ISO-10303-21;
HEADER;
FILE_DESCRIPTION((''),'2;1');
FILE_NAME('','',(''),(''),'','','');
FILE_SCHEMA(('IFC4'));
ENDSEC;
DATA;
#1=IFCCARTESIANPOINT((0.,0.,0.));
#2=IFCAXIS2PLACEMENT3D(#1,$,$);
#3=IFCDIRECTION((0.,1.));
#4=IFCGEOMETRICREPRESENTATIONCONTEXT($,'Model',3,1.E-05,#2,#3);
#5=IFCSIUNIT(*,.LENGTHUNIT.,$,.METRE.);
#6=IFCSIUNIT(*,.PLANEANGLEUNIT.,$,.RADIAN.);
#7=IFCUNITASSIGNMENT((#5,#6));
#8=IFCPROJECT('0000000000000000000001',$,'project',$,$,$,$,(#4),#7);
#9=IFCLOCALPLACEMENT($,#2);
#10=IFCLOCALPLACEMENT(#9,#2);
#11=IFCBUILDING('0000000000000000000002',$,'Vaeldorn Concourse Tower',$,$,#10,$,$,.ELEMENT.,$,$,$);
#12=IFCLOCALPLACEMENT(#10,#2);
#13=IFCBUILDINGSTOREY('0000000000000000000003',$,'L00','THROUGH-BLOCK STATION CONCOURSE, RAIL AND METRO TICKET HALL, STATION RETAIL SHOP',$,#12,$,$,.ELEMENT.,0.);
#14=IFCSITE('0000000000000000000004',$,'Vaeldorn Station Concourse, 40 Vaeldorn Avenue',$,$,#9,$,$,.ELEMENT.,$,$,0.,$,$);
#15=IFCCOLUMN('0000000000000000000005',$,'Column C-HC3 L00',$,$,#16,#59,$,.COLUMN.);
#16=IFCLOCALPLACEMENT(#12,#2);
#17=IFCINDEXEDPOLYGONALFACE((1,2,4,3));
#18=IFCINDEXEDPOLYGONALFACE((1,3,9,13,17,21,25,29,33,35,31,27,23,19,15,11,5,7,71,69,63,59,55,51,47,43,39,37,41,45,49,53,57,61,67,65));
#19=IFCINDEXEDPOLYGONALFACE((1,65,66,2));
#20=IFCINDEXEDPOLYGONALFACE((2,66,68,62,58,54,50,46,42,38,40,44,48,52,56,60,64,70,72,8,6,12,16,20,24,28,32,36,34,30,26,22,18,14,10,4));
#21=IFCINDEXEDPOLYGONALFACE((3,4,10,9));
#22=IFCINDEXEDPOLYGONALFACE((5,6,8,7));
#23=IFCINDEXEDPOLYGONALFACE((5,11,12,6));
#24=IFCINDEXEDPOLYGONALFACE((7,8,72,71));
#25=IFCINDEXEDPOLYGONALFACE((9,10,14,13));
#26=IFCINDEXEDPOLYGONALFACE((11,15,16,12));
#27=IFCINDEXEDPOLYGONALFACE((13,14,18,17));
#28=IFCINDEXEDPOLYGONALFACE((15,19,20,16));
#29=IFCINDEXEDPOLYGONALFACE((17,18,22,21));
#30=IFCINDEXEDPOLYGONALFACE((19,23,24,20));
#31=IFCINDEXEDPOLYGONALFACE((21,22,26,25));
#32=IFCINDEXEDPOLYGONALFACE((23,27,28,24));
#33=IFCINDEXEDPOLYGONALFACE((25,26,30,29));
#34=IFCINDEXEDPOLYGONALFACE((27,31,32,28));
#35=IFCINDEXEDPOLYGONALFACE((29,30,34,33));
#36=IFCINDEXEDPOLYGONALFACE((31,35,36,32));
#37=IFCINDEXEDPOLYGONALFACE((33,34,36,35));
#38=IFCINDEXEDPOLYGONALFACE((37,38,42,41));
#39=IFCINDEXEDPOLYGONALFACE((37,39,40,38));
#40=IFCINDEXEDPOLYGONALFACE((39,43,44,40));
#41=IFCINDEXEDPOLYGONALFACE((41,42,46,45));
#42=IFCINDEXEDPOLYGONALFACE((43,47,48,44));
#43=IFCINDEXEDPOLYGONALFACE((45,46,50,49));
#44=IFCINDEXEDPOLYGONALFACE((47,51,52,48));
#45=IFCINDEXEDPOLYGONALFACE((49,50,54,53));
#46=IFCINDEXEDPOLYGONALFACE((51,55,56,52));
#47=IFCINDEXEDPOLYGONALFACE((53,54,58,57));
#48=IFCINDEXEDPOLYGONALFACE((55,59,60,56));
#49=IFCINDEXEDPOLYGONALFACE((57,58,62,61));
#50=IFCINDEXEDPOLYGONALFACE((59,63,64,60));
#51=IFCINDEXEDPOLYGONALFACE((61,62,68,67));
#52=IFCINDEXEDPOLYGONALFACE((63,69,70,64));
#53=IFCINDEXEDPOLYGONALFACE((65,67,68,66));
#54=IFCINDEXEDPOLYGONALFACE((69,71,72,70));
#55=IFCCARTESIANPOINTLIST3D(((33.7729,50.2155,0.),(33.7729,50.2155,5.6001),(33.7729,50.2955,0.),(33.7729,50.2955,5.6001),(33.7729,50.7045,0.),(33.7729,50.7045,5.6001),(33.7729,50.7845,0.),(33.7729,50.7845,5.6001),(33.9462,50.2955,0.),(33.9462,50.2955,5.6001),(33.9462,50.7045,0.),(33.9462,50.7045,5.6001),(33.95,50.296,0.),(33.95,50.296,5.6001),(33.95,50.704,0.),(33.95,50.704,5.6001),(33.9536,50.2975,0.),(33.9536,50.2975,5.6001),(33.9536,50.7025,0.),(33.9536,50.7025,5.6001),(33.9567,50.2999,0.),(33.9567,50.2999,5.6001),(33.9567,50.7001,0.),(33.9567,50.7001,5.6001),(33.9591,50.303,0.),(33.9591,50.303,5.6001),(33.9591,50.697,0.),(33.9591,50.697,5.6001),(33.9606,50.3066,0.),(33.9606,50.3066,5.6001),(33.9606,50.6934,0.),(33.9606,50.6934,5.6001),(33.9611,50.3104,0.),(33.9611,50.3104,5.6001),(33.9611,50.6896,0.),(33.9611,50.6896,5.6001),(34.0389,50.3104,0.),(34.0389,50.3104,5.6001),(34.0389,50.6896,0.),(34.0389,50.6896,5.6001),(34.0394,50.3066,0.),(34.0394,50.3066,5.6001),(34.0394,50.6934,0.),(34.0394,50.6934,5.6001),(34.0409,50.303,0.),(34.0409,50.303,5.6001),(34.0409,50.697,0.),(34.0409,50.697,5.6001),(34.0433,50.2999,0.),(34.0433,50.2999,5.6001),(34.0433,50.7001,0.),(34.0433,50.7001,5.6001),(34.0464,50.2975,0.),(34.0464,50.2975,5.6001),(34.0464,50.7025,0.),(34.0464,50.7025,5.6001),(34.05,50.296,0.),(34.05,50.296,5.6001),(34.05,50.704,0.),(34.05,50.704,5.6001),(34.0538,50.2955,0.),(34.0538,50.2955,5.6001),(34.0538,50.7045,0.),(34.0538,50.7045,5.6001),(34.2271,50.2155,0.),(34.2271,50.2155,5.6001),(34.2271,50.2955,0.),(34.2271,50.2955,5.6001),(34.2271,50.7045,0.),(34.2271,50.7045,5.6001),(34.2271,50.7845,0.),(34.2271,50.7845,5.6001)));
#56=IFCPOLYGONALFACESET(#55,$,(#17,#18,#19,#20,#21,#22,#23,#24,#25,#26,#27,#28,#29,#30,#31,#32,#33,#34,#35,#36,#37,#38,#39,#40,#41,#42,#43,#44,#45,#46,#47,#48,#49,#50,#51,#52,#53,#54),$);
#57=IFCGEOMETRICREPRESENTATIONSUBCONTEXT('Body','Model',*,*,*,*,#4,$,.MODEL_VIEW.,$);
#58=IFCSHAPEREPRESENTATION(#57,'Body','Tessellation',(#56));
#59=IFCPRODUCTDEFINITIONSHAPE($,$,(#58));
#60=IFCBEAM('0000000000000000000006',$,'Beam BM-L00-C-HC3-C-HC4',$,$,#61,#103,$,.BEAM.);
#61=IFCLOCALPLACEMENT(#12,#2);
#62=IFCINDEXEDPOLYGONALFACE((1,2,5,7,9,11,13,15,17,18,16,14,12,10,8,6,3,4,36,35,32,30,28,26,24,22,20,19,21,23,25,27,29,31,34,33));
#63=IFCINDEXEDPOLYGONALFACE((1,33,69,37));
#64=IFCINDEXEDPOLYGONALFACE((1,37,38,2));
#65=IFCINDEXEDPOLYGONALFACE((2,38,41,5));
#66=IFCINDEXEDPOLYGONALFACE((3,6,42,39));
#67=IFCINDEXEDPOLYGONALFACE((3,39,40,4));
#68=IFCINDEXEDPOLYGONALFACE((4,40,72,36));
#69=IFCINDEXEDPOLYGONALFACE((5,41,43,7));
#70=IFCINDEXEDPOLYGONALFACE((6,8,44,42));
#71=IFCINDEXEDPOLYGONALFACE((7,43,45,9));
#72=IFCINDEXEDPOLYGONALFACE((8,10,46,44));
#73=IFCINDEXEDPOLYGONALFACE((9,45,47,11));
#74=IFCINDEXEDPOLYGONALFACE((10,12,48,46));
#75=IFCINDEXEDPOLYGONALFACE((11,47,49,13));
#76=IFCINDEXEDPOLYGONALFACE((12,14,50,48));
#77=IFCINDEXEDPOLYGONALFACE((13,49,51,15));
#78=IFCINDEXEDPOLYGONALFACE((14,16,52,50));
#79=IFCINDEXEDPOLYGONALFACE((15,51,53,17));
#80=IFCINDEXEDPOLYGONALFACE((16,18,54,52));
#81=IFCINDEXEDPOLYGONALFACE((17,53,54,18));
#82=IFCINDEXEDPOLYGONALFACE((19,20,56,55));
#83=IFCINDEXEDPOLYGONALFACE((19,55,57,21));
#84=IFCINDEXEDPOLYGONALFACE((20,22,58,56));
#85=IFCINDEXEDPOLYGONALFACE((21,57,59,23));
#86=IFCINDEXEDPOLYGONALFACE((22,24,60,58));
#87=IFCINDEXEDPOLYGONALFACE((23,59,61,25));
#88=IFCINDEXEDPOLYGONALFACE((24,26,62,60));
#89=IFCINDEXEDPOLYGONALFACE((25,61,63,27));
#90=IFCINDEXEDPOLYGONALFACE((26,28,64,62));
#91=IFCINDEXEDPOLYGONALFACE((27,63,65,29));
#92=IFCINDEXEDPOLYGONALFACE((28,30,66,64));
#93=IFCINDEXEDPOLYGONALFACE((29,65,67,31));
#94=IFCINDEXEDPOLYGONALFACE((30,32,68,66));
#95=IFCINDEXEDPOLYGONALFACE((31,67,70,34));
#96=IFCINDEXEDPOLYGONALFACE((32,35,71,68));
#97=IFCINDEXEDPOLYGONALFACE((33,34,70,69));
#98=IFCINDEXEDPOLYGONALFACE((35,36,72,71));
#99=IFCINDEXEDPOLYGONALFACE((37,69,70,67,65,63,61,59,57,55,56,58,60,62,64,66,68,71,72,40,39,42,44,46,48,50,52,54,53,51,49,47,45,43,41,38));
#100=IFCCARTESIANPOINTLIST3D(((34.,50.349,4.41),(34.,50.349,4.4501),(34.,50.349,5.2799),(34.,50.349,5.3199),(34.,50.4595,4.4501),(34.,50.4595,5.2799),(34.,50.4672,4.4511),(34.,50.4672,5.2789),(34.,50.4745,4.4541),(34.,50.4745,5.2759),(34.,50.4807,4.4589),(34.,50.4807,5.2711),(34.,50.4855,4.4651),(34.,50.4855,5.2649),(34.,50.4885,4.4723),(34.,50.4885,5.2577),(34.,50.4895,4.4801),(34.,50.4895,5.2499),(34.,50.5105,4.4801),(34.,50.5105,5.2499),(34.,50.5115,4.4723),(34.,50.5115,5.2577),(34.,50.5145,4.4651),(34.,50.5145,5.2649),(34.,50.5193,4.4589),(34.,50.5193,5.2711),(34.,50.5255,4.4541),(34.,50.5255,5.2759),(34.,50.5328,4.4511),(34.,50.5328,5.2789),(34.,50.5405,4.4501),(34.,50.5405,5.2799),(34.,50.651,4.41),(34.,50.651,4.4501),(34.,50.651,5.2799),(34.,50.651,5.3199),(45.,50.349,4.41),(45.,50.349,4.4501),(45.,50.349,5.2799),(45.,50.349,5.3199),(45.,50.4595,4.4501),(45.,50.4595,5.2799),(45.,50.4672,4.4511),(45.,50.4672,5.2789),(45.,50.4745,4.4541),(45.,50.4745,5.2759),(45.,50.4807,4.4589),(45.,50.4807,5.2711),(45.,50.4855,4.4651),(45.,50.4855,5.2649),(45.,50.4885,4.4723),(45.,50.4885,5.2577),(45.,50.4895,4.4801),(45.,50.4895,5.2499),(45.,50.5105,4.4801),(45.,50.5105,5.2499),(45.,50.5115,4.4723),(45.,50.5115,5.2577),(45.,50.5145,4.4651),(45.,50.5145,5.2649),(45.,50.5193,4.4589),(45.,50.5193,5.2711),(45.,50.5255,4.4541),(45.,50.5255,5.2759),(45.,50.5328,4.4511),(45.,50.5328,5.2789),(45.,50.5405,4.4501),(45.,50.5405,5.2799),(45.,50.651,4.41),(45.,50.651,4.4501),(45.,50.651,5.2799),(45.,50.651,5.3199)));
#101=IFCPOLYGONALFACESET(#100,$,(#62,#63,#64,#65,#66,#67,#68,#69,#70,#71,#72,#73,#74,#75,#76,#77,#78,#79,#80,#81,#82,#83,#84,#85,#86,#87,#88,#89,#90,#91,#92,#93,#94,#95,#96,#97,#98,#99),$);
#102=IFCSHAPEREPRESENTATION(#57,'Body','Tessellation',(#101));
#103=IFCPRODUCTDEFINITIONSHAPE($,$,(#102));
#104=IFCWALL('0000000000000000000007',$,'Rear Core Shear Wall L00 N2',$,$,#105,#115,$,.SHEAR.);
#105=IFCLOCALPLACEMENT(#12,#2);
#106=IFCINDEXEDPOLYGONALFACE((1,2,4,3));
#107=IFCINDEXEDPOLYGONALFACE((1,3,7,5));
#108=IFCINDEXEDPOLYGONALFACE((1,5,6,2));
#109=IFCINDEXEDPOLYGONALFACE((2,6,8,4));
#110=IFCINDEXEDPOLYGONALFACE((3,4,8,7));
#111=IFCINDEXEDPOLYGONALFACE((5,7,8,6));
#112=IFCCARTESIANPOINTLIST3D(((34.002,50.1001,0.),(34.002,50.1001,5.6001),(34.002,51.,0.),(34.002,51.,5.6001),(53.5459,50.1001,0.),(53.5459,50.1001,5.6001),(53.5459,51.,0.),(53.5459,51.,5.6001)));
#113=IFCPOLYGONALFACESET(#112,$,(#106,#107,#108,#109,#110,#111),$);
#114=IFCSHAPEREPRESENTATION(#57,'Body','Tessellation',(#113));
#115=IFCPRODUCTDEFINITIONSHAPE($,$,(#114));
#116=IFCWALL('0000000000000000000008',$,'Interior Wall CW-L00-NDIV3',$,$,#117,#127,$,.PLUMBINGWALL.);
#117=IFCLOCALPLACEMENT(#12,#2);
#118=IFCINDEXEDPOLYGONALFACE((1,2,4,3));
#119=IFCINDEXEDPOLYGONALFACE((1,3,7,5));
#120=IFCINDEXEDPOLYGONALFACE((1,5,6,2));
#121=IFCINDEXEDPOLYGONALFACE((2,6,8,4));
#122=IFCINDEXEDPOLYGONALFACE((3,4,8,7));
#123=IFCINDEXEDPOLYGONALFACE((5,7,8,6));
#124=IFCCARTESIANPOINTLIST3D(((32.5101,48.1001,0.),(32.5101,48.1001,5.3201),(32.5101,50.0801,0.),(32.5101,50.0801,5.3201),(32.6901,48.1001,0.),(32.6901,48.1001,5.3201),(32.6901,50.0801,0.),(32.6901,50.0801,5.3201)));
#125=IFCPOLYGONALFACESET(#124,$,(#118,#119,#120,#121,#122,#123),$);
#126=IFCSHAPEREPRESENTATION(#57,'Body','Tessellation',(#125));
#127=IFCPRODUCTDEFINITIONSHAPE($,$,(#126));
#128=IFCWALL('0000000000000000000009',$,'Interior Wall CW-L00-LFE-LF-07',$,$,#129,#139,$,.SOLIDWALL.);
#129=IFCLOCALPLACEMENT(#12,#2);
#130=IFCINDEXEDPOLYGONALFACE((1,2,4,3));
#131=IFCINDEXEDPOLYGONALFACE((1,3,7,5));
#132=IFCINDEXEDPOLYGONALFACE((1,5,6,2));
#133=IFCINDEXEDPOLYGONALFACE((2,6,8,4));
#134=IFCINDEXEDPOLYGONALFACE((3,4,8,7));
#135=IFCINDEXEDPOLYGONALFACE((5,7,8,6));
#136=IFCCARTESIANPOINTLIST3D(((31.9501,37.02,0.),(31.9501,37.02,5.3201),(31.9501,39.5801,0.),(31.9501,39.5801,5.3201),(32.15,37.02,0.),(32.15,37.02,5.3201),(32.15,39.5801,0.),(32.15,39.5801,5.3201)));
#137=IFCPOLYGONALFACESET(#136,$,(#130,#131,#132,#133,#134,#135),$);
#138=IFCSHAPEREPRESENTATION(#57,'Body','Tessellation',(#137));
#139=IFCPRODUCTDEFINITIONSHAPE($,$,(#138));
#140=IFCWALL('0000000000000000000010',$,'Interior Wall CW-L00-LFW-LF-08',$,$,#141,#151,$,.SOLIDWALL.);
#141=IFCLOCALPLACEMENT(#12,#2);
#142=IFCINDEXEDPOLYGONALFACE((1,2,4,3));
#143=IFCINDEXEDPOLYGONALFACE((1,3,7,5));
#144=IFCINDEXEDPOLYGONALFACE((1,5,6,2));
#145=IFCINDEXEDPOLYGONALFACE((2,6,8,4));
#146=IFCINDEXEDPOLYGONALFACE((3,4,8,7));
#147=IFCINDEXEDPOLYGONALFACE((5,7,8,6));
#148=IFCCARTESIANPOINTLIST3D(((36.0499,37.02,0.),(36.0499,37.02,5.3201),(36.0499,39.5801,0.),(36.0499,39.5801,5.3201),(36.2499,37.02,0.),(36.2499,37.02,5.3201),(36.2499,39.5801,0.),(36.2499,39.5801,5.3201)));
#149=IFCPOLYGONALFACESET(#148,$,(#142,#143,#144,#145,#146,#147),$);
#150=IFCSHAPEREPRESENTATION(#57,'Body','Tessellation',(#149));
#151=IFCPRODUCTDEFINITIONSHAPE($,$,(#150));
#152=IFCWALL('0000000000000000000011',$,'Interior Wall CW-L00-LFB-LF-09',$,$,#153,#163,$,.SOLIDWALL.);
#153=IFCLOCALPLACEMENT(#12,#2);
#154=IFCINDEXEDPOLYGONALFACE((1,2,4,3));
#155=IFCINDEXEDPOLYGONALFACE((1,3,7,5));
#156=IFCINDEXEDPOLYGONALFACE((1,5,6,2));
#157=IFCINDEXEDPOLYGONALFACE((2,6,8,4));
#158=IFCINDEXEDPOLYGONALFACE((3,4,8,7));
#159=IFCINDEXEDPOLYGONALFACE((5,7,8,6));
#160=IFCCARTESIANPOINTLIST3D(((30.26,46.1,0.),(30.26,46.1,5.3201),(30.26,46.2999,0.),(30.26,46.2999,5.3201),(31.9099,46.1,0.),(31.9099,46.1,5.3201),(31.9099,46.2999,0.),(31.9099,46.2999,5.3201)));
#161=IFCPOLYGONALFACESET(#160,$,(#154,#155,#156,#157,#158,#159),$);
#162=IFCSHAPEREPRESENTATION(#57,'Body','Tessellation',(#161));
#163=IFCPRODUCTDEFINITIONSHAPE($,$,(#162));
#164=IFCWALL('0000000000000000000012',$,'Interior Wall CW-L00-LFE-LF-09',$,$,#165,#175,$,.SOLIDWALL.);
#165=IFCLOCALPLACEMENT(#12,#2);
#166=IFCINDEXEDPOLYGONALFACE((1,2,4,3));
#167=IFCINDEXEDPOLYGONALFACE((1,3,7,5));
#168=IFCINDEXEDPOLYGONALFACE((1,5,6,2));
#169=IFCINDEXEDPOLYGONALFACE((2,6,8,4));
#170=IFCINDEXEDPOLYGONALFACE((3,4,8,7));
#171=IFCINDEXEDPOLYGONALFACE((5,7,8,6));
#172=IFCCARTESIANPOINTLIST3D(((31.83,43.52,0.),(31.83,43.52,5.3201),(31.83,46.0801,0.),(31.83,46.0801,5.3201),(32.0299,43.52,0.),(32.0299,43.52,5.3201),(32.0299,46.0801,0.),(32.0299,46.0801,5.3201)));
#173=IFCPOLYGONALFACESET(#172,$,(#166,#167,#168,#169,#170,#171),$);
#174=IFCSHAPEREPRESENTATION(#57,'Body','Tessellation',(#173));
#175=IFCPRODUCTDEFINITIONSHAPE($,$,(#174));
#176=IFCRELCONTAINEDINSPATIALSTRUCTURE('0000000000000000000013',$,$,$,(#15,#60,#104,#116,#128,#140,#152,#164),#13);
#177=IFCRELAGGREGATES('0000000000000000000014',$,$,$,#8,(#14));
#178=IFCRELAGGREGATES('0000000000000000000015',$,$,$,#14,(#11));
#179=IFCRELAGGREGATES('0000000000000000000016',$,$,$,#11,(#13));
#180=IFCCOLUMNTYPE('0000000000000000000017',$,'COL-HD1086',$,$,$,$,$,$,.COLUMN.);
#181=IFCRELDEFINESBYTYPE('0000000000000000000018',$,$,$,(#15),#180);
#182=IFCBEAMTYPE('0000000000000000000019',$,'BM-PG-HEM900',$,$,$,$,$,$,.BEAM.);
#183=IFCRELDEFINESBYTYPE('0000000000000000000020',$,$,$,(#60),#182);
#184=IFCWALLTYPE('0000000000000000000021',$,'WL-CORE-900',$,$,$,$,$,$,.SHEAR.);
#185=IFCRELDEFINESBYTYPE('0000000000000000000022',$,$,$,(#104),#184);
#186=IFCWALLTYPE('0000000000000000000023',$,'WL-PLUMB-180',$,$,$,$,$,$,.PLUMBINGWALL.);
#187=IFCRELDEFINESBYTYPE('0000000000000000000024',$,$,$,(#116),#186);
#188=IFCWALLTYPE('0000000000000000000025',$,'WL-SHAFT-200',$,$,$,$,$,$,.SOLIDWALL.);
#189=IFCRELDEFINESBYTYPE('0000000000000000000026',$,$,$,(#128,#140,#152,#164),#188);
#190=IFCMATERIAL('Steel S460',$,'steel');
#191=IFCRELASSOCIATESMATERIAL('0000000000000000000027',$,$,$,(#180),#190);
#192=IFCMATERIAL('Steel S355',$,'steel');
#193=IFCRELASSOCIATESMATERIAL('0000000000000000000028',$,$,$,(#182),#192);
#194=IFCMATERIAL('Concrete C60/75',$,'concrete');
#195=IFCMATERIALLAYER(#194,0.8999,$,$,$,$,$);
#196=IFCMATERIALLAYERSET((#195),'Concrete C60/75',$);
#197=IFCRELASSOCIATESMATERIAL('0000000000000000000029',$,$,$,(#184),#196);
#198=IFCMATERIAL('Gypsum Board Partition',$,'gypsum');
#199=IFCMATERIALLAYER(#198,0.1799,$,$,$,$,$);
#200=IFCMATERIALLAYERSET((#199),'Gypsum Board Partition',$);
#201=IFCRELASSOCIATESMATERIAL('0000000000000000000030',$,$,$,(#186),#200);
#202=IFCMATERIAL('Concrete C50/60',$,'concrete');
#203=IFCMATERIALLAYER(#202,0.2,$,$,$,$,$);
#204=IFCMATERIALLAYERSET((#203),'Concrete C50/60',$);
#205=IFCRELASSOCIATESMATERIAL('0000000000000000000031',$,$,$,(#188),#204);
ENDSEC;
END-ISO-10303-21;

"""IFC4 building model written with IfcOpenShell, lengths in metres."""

from ifc_helpers import new_model, si_unit, direction, frame, frame_2d, origin, origin_2d, place, context, subcontext, project, spatial, rectangle, i_section, extrude, source, transform, mapped, material, layer, layer_set, material_profile, profile_set, type_object, element, save


model = new_model("IFC4")

# Units and contexts
model_context = context("Model", 3, precision=1e-05, world=origin(), true_north=direction((0.0, 1.0)))
body_context = subcontext(model_context, "Body", "Model", "MODEL_VIEW")
ifc_project = project(units=[si_unit("LENGTHUNIT", "METRE"), si_unit("PLANEANGLEUNIT", "RADIAN")], contexts=[model_context])

# Site, building, storey
site_placement = place(None, origin())
site = spatial("IfcSite", under=ifc_project, at=site_placement, Name="Vaeldorn Station Concourse, 40 Vaeldorn Avenue", CompositionType="ELEMENT", RefElevation=0.0)
building_placement = place(site_placement, origin())
building = spatial("IfcBuilding", under=site, at=building_placement, Name="Vaeldorn Concourse Tower", CompositionType="ELEMENT")
storey_placement = place(building_placement, origin())
storey = spatial("IfcBuildingStorey", under=building, at=storey_placement, Name="L00", Description="THROUGH-BLOCK STATION CONCOURSE, RAIL AND METRO TICKET HALL, STATION RETAIL SHOP", CompositionType="ELEMENT", Elevation=0.0)

# Column
ifc_material_1 = material(Name="Steel S460", Category="steel")
ifc_material_profile_1 = material_profile(ifc_material_1, i_section(OverallWidth=0.4541, OverallDepth=0.5691, WebThickness=0.0779, FlangeThickness=0.0801, FilletRadius=0.0149, at=origin_2d()), Name="HD 400x1086")
ifc_profile_set_1 = profile_set([ifc_material_profile_1], Name="Steel S460")
column_type = type_object("IfcColumnType", Name="COL-HD1086", PredefinedType="COLUMN", material=ifc_profile_set_1)
shared_shape_1 = source(origin(), body_context, "Body", "SweptSolid", [
    extrude(i_section(OverallWidth=0.4541, OverallDepth=0.5691, WebThickness=0.0779, FlangeThickness=0.0801, FilletRadius=0.0149, at=origin_2d()), origin(), (0.0, 0.0, 1.0), 5.6001),
])
column_placement = place(storey_placement, frame((34.0, 50.5, 0.0), z_axis=(0.0, 0.0, 1.0), x_axis=(1.0, 0.0, 0.0)))
element("IfcColumn", 1, at=column_placement, inside=storey, type_object=column_type, Name="Column C-HC3 L00", PredefinedType="COLUMN", context=body_context, shape_type="MappedRepresentation", body=[
    mapped(shared_shape_1, transform((0.0, 0.0, 0.0), scale=1.0)),
])

# Beam
ifc_material_2 = material(Name="Steel S355", Category="steel")
ifc_material_profile_2 = material_profile(ifc_material_2, i_section(OverallWidth=0.302, OverallDepth=0.9099, WebThickness=0.021, FlangeThickness=0.04, FilletRadius=0.03, at=origin_2d()), Name="HEM 900")
ifc_profile_set_2 = profile_set([ifc_material_profile_2], Name="Steel S355")
beam_type = type_object("IfcBeamType", Name="BM-PG-HEM900", PredefinedType="BEAM", material=ifc_profile_set_2)
shared_shape_2 = source(origin(), body_context, "Body", "SweptSolid", [
    extrude(i_section(OverallWidth=0.302, OverallDepth=0.9099, WebThickness=0.021, FlangeThickness=0.04, FilletRadius=0.03, at=origin_2d()), origin(), (0.0, 0.0, 1.0), 11.0),
])
beam_placement = place(storey_placement, frame((34.0, 50.5, 4.865), z_axis=(1.0, 0.0, 0.0), x_axis=(0.0, 1.0, 0.0)))
element("IfcBeam", 2, at=beam_placement, inside=storey, type_object=beam_type, Name="Beam BM-L00-C-HC3-C-HC4", PredefinedType="BEAM", context=body_context, shape_type="MappedRepresentation", body=[
    mapped(shared_shape_2, transform((0.0, 0.0, 0.0), scale=1.0)),
])

# Walls
ifc_material_3 = material(Name="Concrete C60/75", Category="concrete")
ifc_layer_1 = layer(ifc_material_3, 0.8999)
ifc_layer_set_1 = layer_set([ifc_layer_1], Name="Concrete C60/75")
wall_type_1 = type_object("IfcWallType", Name="WL-CORE-900", PredefinedType="SHEAR", material=ifc_layer_set_1)
wall_1_placement = place(storey_placement, frame((34.002, 50.55, 0.0), z_axis=(0.0, 0.0, 1.0), x_axis=(1.0, 0.0, 0.0)))
element("IfcWall", 3, at=wall_1_placement, inside=storey, type_object=wall_type_1, Name="Rear Core Shear Wall L00 N2", PredefinedType="SHEAR", context=body_context, shape_type="SweptSolid", body=[
    extrude(rectangle(XDim=19.5439, YDim=0.8999, at=frame_2d((9.772, 0.0))), origin(), (0.0, 0.0, 1.0), 5.6001),
])
ifc_material_4 = material(Name="Gypsum Board Partition", Category="gypsum")
ifc_layer_2 = layer(ifc_material_4, 0.1799)
ifc_layer_set_2 = layer_set([ifc_layer_2], Name="Gypsum Board Partition")
wall_type_2 = type_object("IfcWallType", Name="WL-PLUMB-180", PredefinedType="PLUMBINGWALL", material=ifc_layer_set_2)
wall_2_placement = place(storey_placement, frame((32.6001, 48.1001, 0.0), z_axis=(0.0, 0.0, 1.0), x_axis=(0.0, 1.0, 0.0)))
element("IfcWall", 4, at=wall_2_placement, inside=storey, type_object=wall_type_2, Name="Interior Wall CW-L00-NDIV3", PredefinedType="PLUMBINGWALL", context=body_context, shape_type="SweptSolid", body=[
    extrude(rectangle(XDim=1.98, YDim=0.1799, at=frame_2d((0.99, 0.0))), origin(), (0.0, 0.0, 1.0), 5.3201),
])
ifc_material_5 = material(Name="Concrete C50/60", Category="concrete")
ifc_layer_3 = layer(ifc_material_5, 0.2)
ifc_layer_set_3 = layer_set([ifc_layer_3], Name="Concrete C50/60")
wall_type_3 = type_object("IfcWallType", Name="WL-SHAFT-200", PredefinedType="SOLIDWALL", material=ifc_layer_set_3)
wall_3_placement = place(storey_placement, frame((32.05, 37.02, 0.0), z_axis=(0.0, 0.0, 1.0), x_axis=(0.0, 1.0, 0.0)))
element("IfcWall", 5, at=wall_3_placement, inside=storey, type_object=wall_type_3, Name="Interior Wall CW-L00-LFE-LF-07", PredefinedType="SOLIDWALL", context=body_context, shape_type="SweptSolid", body=[
    extrude(rectangle(XDim=2.5601, YDim=0.2, at=frame_2d((1.28, 0.0))), origin(), (0.0, 0.0, 1.0), 5.3201),
])

# Walls
wall_4_placement = place(storey_placement, frame((36.1499, 37.02, 0.0), z_axis=(0.0, 0.0, 1.0), x_axis=(0.0, 1.0, 0.0)))
element("IfcWall", 6, at=wall_4_placement, inside=storey, type_object=wall_type_3, Name="Interior Wall CW-L00-LFW-LF-08", PredefinedType="SOLIDWALL", context=body_context, shape_type="SweptSolid", body=[
    extrude(rectangle(XDim=2.5601, YDim=0.2, at=frame_2d((1.28, 0.0))), origin(), (0.0, 0.0, 1.0), 5.3201),
])
wall_5_placement = place(storey_placement, frame((30.26, 46.2, 0.0), z_axis=(0.0, 0.0, 1.0), x_axis=(1.0, 0.0, 0.0)))
element("IfcWall", 7, at=wall_5_placement, inside=storey, type_object=wall_type_3, Name="Interior Wall CW-L00-LFB-LF-09", PredefinedType="SOLIDWALL", context=body_context, shape_type="SweptSolid", body=[
    extrude(rectangle(XDim=1.6499, YDim=0.2, at=frame_2d((0.825, 0.0))), origin(), (0.0, 0.0, 1.0), 5.3201),
])
wall_6_placement = place(storey_placement, frame((31.9299, 43.52, 0.0), z_axis=(0.0, 0.0, 1.0), x_axis=(0.0, 1.0, 0.0)))
element("IfcWall", 8, at=wall_6_placement, inside=storey, type_object=wall_type_3, Name="Interior Wall CW-L00-LFE-LF-09", PredefinedType="SOLIDWALL", context=body_context, shape_type="SweptSolid", body=[
    extrude(rectangle(XDim=2.5601, YDim=0.2, at=frame_2d((1.28, 0.0))), origin(), (0.0, 0.0, 1.0), 5.3201),
])

save(model, "model.ifc")
